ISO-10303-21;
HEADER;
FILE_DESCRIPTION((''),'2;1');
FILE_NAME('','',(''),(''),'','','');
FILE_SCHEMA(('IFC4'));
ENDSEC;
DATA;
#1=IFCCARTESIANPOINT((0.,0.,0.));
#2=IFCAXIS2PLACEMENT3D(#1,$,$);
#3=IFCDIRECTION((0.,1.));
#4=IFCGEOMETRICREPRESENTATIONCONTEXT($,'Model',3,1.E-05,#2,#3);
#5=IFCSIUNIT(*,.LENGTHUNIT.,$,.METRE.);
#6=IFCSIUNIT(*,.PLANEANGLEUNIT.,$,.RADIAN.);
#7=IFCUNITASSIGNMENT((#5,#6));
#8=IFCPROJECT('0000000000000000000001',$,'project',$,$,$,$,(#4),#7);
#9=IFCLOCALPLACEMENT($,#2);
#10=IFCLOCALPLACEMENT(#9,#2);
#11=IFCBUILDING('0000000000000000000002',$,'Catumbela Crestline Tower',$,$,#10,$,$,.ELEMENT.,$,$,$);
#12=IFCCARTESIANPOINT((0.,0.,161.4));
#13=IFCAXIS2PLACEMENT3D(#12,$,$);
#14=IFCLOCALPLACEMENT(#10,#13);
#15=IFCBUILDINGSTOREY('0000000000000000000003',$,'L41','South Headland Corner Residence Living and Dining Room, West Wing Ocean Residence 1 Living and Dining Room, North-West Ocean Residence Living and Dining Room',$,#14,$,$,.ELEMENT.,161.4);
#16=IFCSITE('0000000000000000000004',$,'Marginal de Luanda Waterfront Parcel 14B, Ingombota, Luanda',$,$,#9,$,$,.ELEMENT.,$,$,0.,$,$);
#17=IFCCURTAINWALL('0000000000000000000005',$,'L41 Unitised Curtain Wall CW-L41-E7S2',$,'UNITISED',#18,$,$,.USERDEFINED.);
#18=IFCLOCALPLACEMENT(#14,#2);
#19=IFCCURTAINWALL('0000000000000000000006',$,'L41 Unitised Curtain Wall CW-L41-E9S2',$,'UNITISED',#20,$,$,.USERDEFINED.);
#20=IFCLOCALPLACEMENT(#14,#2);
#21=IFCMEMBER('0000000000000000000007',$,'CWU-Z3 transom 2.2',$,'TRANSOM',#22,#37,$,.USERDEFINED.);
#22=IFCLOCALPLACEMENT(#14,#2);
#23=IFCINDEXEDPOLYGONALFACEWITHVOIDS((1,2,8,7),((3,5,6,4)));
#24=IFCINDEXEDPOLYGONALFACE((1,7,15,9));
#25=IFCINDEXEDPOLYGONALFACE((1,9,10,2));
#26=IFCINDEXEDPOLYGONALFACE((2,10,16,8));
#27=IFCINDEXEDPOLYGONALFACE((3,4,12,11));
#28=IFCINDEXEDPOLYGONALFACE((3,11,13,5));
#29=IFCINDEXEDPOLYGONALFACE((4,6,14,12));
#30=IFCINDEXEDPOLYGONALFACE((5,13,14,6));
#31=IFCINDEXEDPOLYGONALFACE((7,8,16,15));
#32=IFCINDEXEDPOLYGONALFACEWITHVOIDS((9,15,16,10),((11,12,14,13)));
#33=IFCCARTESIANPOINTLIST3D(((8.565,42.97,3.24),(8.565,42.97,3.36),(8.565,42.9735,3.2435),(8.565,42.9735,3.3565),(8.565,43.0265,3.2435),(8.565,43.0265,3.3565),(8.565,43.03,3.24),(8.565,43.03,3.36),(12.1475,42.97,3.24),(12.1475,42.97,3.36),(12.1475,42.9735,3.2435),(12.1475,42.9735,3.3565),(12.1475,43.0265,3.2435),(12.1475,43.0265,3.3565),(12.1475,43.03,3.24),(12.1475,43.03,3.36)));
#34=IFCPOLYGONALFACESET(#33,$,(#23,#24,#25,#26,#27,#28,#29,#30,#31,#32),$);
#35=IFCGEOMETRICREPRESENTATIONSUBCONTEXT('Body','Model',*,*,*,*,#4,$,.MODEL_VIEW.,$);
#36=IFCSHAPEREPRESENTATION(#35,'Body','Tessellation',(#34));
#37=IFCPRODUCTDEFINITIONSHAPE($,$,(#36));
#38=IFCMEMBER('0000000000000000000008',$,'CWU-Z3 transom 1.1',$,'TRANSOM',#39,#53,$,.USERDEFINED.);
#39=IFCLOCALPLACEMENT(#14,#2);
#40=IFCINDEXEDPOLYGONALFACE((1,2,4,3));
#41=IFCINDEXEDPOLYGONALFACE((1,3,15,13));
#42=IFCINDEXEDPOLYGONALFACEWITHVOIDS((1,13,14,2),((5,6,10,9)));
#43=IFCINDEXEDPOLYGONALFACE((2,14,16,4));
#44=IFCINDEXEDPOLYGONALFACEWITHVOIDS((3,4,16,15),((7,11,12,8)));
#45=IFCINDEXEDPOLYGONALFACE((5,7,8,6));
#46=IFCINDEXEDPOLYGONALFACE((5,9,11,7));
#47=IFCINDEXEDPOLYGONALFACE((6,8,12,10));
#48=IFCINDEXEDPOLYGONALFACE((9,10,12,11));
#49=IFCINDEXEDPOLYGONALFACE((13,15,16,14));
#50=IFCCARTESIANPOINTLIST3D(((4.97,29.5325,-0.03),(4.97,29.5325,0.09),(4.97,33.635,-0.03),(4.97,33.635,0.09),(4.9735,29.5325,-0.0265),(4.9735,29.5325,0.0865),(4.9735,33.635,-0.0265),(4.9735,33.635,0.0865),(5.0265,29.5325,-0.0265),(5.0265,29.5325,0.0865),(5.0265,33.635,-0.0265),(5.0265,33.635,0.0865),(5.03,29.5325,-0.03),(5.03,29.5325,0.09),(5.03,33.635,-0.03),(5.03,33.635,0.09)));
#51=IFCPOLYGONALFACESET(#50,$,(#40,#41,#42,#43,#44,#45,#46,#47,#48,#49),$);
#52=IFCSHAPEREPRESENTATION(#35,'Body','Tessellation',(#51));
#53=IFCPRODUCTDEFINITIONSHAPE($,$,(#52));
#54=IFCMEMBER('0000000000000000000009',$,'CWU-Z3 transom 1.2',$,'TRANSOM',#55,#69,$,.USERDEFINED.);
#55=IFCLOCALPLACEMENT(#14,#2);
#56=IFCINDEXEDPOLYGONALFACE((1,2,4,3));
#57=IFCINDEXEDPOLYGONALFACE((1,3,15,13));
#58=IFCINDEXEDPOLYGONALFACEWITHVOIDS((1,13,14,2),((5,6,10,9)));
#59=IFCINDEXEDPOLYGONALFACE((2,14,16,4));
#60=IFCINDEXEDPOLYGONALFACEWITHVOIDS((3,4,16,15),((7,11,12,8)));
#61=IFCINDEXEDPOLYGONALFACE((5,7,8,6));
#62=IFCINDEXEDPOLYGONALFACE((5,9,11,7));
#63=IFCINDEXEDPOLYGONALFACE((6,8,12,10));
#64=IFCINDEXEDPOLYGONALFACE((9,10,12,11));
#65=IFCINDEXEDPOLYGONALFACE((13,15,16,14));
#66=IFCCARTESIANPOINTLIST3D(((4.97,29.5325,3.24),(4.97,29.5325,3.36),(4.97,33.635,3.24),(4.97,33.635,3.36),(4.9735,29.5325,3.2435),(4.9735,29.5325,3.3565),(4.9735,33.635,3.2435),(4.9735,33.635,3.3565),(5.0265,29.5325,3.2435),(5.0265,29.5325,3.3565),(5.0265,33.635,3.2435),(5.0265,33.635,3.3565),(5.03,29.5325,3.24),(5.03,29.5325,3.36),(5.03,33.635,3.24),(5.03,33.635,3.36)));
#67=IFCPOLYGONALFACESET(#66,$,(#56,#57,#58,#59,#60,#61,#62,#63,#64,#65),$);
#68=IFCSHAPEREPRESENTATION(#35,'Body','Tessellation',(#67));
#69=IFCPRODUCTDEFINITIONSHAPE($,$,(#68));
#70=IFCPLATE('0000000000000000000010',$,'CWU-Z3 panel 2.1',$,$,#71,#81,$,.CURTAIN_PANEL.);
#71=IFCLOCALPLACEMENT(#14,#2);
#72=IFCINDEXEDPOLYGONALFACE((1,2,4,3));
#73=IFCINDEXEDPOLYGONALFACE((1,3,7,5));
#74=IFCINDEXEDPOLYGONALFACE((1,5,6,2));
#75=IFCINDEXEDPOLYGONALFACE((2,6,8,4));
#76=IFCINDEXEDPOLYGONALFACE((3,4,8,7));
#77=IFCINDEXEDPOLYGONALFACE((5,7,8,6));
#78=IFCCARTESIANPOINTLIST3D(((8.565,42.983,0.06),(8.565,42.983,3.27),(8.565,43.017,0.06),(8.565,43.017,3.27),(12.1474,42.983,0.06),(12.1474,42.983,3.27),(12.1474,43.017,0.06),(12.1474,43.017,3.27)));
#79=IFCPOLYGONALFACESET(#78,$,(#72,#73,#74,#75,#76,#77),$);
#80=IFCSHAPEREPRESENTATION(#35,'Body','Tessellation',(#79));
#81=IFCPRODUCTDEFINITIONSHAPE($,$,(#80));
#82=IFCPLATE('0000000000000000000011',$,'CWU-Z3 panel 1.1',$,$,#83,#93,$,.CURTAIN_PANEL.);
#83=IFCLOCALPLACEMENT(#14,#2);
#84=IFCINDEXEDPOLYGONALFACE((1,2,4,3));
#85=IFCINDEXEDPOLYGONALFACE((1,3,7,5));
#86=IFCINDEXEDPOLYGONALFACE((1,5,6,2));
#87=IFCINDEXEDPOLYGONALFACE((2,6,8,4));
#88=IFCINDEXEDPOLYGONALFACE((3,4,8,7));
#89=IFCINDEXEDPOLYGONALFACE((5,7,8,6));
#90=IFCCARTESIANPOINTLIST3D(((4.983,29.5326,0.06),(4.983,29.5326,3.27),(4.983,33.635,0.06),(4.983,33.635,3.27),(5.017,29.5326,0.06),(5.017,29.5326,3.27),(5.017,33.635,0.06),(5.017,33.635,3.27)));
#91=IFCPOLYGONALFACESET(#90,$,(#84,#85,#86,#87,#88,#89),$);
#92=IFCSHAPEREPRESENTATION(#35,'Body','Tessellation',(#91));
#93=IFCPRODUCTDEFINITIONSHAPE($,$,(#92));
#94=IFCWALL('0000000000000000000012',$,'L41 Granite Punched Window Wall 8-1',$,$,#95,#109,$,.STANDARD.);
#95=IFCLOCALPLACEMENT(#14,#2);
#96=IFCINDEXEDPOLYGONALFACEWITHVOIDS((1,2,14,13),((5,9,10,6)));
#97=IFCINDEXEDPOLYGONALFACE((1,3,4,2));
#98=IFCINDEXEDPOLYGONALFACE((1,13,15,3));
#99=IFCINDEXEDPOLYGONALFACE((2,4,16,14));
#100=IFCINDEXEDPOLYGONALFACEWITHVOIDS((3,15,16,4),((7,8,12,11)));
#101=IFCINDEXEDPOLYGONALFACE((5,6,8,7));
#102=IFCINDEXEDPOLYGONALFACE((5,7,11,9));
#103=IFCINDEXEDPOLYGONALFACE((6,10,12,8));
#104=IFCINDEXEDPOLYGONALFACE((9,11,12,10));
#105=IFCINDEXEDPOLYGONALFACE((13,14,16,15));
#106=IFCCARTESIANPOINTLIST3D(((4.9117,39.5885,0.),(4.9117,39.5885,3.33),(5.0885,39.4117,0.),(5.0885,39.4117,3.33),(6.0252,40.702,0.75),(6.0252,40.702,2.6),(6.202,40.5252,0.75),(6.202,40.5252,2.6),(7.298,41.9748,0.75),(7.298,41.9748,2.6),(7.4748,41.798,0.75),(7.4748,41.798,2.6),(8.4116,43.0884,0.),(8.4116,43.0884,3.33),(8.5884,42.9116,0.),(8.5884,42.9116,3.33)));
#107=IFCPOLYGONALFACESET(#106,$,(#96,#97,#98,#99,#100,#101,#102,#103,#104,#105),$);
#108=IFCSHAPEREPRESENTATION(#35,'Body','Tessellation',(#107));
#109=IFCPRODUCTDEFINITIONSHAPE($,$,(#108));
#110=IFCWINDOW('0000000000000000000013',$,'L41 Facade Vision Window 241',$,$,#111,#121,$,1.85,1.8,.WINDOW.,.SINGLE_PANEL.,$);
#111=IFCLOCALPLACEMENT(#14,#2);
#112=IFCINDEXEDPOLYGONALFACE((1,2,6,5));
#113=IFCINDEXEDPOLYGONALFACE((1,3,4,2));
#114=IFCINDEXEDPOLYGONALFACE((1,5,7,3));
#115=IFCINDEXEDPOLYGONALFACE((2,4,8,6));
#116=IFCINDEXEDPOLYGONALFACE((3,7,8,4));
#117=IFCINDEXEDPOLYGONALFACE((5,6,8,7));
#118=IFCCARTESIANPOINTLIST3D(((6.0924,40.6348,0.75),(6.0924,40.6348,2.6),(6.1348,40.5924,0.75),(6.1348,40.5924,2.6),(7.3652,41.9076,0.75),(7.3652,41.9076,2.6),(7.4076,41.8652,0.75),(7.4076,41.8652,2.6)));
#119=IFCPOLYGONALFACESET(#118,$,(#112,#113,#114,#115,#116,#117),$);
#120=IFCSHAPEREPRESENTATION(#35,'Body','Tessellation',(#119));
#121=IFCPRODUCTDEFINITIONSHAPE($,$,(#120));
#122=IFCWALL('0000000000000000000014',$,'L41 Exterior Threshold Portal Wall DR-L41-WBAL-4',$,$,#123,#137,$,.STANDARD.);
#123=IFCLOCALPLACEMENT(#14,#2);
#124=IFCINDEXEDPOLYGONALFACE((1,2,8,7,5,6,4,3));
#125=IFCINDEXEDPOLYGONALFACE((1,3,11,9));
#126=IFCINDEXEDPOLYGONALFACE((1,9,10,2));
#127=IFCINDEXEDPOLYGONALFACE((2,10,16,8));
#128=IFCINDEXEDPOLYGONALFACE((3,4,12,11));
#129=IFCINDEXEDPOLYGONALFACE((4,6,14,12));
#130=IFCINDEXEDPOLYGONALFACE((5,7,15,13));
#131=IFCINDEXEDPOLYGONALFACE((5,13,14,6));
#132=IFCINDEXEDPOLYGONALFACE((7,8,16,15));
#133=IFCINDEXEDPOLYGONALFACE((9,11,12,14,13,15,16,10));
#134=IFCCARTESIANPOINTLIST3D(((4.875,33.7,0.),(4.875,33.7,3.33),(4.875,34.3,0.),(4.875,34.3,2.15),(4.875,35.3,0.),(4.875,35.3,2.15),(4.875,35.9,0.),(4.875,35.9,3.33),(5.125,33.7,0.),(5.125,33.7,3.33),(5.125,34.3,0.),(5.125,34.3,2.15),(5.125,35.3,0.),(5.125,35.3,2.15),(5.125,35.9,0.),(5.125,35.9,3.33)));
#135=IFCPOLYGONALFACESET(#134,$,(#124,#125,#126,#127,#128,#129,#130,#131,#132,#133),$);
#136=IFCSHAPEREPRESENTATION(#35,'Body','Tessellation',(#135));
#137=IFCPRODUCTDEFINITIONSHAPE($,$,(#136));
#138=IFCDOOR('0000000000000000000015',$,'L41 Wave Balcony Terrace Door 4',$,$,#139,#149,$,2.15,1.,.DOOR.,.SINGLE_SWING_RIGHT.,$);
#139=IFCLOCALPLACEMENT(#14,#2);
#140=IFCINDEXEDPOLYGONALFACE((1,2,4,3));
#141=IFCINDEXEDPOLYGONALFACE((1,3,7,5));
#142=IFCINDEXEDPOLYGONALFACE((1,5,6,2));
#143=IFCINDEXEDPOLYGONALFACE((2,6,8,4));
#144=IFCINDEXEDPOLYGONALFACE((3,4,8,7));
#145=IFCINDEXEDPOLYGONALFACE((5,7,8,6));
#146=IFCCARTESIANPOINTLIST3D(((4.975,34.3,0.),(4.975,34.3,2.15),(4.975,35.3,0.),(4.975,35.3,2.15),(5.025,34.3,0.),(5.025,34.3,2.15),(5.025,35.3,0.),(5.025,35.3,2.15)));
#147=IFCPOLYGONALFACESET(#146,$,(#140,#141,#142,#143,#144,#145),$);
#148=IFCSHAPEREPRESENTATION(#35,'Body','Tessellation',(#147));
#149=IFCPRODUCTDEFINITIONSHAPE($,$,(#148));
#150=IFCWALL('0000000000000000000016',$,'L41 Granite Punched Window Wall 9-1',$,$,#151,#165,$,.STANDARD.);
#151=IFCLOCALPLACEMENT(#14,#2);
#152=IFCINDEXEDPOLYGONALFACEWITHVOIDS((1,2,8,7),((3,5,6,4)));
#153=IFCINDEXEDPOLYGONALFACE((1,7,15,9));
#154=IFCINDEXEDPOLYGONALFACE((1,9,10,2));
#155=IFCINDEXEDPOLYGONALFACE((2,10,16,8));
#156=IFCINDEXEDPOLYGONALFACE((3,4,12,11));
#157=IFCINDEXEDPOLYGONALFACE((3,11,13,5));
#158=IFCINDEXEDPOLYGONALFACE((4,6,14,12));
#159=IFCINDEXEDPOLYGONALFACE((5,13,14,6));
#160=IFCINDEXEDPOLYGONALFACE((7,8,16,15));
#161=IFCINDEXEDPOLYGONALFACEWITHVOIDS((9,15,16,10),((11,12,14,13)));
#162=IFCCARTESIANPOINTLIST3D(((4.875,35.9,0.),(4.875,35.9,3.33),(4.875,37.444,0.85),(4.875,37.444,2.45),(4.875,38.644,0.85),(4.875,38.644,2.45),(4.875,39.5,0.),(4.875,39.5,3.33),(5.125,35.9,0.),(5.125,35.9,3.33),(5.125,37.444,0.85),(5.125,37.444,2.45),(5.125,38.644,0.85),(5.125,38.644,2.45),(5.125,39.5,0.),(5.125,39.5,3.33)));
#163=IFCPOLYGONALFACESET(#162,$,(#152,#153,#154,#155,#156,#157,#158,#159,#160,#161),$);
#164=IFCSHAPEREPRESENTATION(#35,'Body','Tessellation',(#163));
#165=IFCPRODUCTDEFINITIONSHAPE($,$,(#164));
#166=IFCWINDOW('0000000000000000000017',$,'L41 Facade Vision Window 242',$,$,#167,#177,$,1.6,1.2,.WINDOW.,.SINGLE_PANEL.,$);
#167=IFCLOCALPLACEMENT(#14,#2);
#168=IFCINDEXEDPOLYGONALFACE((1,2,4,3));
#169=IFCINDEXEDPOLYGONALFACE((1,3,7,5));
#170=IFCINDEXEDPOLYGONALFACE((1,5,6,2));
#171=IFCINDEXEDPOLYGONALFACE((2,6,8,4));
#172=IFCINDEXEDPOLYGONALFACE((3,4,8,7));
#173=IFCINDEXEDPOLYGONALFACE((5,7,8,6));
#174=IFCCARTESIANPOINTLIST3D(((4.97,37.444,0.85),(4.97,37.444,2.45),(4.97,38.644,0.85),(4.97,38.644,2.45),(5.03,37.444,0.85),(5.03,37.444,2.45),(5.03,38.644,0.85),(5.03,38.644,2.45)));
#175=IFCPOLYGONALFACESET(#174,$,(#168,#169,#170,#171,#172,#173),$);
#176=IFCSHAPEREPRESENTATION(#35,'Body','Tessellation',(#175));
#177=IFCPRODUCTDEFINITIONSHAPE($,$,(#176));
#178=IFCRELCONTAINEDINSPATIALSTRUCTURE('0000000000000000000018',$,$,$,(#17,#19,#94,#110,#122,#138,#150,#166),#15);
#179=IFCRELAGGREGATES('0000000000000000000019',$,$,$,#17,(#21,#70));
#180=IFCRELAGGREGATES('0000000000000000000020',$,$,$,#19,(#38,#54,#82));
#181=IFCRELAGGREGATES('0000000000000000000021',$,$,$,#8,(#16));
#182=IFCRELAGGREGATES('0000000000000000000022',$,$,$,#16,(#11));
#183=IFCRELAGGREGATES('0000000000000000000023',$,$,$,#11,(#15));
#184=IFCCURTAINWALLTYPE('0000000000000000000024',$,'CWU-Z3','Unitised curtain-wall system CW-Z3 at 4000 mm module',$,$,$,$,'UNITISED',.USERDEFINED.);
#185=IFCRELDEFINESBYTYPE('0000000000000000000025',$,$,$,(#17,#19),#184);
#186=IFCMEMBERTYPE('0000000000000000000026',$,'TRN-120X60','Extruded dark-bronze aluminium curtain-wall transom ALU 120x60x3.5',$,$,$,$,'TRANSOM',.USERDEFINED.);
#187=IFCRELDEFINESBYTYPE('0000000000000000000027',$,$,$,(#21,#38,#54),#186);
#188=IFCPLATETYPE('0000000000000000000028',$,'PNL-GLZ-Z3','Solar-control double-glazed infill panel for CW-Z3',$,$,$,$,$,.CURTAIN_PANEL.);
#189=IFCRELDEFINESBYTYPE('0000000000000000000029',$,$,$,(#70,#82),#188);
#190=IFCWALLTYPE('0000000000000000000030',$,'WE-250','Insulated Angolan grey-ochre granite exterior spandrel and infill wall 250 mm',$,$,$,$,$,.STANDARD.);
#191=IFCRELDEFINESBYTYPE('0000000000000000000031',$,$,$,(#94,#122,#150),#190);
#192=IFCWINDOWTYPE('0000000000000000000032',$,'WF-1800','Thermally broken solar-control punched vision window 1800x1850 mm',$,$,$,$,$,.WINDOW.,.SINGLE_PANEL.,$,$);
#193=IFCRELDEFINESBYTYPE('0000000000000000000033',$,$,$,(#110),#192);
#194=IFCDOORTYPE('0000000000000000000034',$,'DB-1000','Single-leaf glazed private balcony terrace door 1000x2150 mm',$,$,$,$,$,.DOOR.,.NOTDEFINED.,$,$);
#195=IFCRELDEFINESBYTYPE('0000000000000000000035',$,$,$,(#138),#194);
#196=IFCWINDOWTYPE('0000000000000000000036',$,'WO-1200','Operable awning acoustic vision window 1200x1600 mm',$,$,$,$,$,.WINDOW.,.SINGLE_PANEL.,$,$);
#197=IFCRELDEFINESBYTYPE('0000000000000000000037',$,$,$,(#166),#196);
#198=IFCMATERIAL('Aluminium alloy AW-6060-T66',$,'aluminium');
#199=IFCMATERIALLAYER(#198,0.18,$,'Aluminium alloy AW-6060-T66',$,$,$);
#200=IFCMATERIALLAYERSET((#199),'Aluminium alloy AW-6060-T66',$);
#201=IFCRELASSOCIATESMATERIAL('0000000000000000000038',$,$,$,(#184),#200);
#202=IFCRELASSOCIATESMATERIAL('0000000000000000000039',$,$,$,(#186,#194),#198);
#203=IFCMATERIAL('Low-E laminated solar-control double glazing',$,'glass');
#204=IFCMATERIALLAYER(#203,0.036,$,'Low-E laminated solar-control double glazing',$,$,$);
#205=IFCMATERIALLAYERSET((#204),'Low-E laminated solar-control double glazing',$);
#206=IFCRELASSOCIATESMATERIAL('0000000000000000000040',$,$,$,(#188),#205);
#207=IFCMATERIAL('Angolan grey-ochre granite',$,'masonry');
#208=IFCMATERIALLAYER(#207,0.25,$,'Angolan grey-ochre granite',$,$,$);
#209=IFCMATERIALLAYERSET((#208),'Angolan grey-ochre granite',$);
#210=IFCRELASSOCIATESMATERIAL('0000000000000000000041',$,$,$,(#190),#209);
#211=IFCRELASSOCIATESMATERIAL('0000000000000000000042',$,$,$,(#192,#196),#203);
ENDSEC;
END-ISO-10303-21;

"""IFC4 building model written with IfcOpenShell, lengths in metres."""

from ifc_helpers import new_model, si_unit, direction, frame, frame_2d, origin, origin_2d, place, context, subcontext, project, spatial, rectangle, hollow_rectangle, extrude, material, layer, layer_set, material_profile, profile_set, type_object, element, fill, aggregate, save


model = new_model("IFC4")

# Units and contexts
model_context = context("Model", 3, precision=1e-05, world=origin(), true_north=direction((0.0, 1.0)))
body_context = subcontext(model_context, "Body", "Model", "MODEL_VIEW")
ifc_project = project(units=[si_unit("LENGTHUNIT", "METRE"), si_unit("PLANEANGLEUNIT", "RADIAN")], contexts=[model_context])

# Site, building, storey
site_placement = place(None, origin())
site = spatial("IfcSite", under=ifc_project, at=site_placement, Name="Marginal de Luanda Waterfront Parcel 14B, Ingombota, Luanda", CompositionType="ELEMENT", RefElevation=0.0)
building_placement = place(site_placement, origin())
building = spatial("IfcBuilding", under=site, at=building_placement, Name="Catumbela Crestline Tower", CompositionType="ELEMENT")
storey_placement = place(building_placement, frame((0.0, 0.0, 161.4)))
storey = spatial("IfcBuildingStorey", under=building, at=storey_placement, Name="L41", Description="South Headland Corner Residence Living and Dining Room, West Wing Ocean Residence 1 Living and Dining Room, North-West Ocean Residence Living and Dining Room", CompositionType="ELEMENT", Elevation=161.4)

# Curtain wall
ifc_material_1 = material(Name="Aluminium alloy AW-6060-T66", Category="aluminium")
ifc_layer_1 = layer(ifc_material_1, 0.18, Name="Aluminium alloy AW-6060-T66")
ifc_layer_set_1 = layer_set([ifc_layer_1], Name="Aluminium alloy AW-6060-T66")
curtain_wall_type = type_object("IfcCurtainWallType", Name="CWU-Z3", Description="Unitised curtain-wall system CW-Z3 at 4000 mm module", ElementType="UNITISED", PredefinedType="USERDEFINED", material=ifc_layer_set_1)
curtain_wall_1_placement = place(storey_placement, origin())
curtain_wall_1 = element("IfcCurtainWall", 1, at=curtain_wall_1_placement, inside=storey, type_object=curtain_wall_type, Name="L41 Unitised Curtain Wall CW-L41-E7S2", ObjectType="UNITISED", PredefinedType="USERDEFINED")

# Curtain wall
curtain_wall_2_placement = place(storey_placement, origin())
curtain_wall_2 = element("IfcCurtainWall", 2, at=curtain_wall_2_placement, inside=storey, type_object=curtain_wall_type, Name="L41 Unitised Curtain Wall CW-L41-E9S2", ObjectType="UNITISED", PredefinedType="USERDEFINED")

# Members
ifc_material_profile_1 = material_profile(ifc_material_1, hollow_rectangle(XDim=0.06, YDim=0.12, WallThickness=0.0035, at=origin_2d()), Name="ALU 120x60x3.5")
ifc_profile_set_1 = profile_set([ifc_material_profile_1], Name="Aluminium alloy AW-6060-T66")
member_type_1 = type_object("IfcMemberType", Name="TRN-120X60", Description="Extruded dark-bronze aluminium curtain-wall transom ALU 120x60x3.5", ElementType="TRANSOM", PredefinedType="USERDEFINED", material=ifc_profile_set_1)
member_1_placement = place(storey_placement, frame((12.1475, 43.0, 3.3), z_axis=(-1.0, 0.0, 0.0), x_axis=(0.0, -1.0, 0.0)))
member_1 = element("IfcMember", 3, at=member_1_placement, type_object=member_type_1, Name="CWU-Z3 transom 2.2", ObjectType="TRANSOM", PredefinedType="USERDEFINED", context=body_context, shape_type="SweptSolid", body=[
    extrude(hollow_rectangle(XDim=0.06, YDim=0.12, WallThickness=0.0035, at=origin_2d()), origin(), (0.0, 0.0, 1.0), 3.5825),
])
member_2_placement = place(storey_placement, frame((5.0, 33.635, 0.03), z_axis=(0.0, -1.0, 0.0), x_axis=(1.0, 0.0, 0.0)))
member_2 = element("IfcMember", 4, at=member_2_placement, type_object=member_type_1, Name="CWU-Z3 transom 1.1", ObjectType="TRANSOM", PredefinedType="USERDEFINED", context=body_context, shape_type="SweptSolid", body=[
    extrude(hollow_rectangle(XDim=0.06, YDim=0.12, WallThickness=0.0035, at=origin_2d()), origin(), (0.0, 0.0, 1.0), 4.1025),
])
member_3_placement = place(storey_placement, frame((5.0, 33.635, 3.3), z_axis=(0.0, -1.0, 0.0), x_axis=(1.0, 0.0, 0.0)))
member_3 = element("IfcMember", 5, at=member_3_placement, type_object=member_type_1, Name="CWU-Z3 transom 1.2", ObjectType="TRANSOM", PredefinedType="USERDEFINED", context=body_context, shape_type="SweptSolid", body=[
    extrude(hollow_rectangle(XDim=0.06, YDim=0.12, WallThickness=0.0035, at=origin_2d()), origin(), (0.0, 0.0, 1.0), 4.1025),
])

# Plates
ifc_material_2 = material(Name="Low-E laminated solar-control double glazing", Category="glass")
ifc_layer_2 = layer(ifc_material_2, 0.036, Name="Low-E laminated solar-control double glazing")
ifc_layer_set_2 = layer_set([ifc_layer_2], Name="Low-E laminated solar-control double glazing")
plate_type = type_object("IfcPlateType", Name="PNL-GLZ-Z3", Description="Solar-control double-glazed infill panel for CW-Z3", PredefinedType="CURTAIN_PANEL", material=ifc_layer_set_2)
plate_1_placement = place(storey_placement, frame((10.3562, 43.0, 0.06), z_axis=(0.0, 0.0, 1.0), x_axis=(-1.0, 0.0, 0.0)))
plate_1 = element("IfcPlate", 6, at=plate_1_placement, type_object=plate_type, Name="CWU-Z3 panel 2.1", PredefinedType="CURTAIN_PANEL", context=body_context, shape_type="SweptSolid", body=[
    extrude(rectangle(XDim=3.5825, YDim=0.034, at=origin_2d()), origin(), (0.0, 0.0, 1.0), 3.21),
])
aggregate(curtain_wall_1, [member_1, plate_1])
plate_2_placement = place(storey_placement, frame((5.0, 31.5838, 0.06), z_axis=(0.0, 0.0, 1.0), x_axis=(0.0, -1.0, 0.0)))
plate_2 = element("IfcPlate", 7, at=plate_2_placement, type_object=plate_type, Name="CWU-Z3 panel 1.1", PredefinedType="CURTAIN_PANEL", context=body_context, shape_type="SweptSolid", body=[
    extrude(rectangle(XDim=4.1025, YDim=0.034, at=origin_2d()), origin(), (0.0, 0.0, 1.0), 3.21),
])
aggregate(curtain_wall_2, [member_2, member_3, plate_2])

# Wall, opening, window
ifc_material_3 = material(Name="Angolan grey-ochre granite", Category="masonry")
ifc_layer_3 = layer(ifc_material_3, 0.25, Name="Angolan grey-ochre granite")
ifc_layer_set_3 = layer_set([ifc_layer_3], Name="Angolan grey-ochre granite")
wall_type_1 = type_object("IfcWallType", Name="WE-250", Description="Insulated Angolan grey-ochre granite exterior spandrel and infill wall 250 mm", PredefinedType="STANDARD", material=ifc_layer_set_3)
wall_1_placement = place(storey_placement, frame((8.5, 43.0, 0.0), z_axis=(0.0, 0.0, 1.0), x_axis=(-0.707107, -0.707107, 0.0)))
wall_1 = element("IfcWall", 8, at=wall_1_placement, inside=storey, type_object=wall_type_1, Name="L41 Granite Punched Window Wall 8-1", PredefinedType="STANDARD", context=body_context, shape_type="SweptSolid", body=[
    extrude(rectangle(XDim=4.9497, YDim=0.25, at=frame_2d((2.4748, 0.0))), origin(), (0.0, 0.0, 1.0), 3.33),
])
opening_1_placement = place(wall_1_placement, frame((1.5749, 0.0, 0.75)))
opening_1 = element("IfcOpeningElement", 9, at=opening_1_placement, cuts=wall_1, PredefinedType="OPENING", context=body_context, shape_type="SweptSolid", body=[
    extrude(rectangle(XDim=1.8, YDim=1.85, at=frame_2d((0.9, 0.925))), frame((0.0, 0.135, 0.0), z_axis=(0.0, -1.0, 0.0), x_axis=(1.0, 0.0, 0.0)), (0.0, 0.0, 1.0), 0.27),
])
window_type_1 = type_object("IfcWindowType", Name="WF-1800", Description="Thermally broken solar-control punched vision window 1800x1850 mm", PartitioningType="SINGLE_PANEL", PredefinedType="WINDOW", material=ifc_material_2)
window_1_placement = place(opening_1_placement, origin())
window_1 = element("IfcWindow", 10, at=window_1_placement, inside=storey, type_object=window_type_1, Name="L41 Facade Vision Window 241", OverallHeight=1.85, OverallWidth=1.8, PartitioningType="SINGLE_PANEL", PredefinedType="WINDOW", context=body_context, shape_type="SweptSolid", body=[
    extrude(rectangle(XDim=1.8, YDim=1.85, at=frame_2d((0.9, 0.925))), frame((0.0, 0.03, 0.0), z_axis=(0.0, -1.0, 0.0), x_axis=(1.0, 0.0, 0.0)), (0.0, 0.0, 1.0), 0.06),
])
fill(opening_1, window_1)

# Wall, opening, door
wall_2_placement = place(storey_placement, frame((5.0, 35.9, 0.0), z_axis=(0.0, 0.0, 1.0), x_axis=(0.0, -1.0, 0.0)))
wall_2 = element("IfcWall", 11, at=wall_2_placement, inside=storey, type_object=wall_type_1, Name="L41 Exterior Threshold Portal Wall DR-L41-WBAL-4", PredefinedType="STANDARD", context=body_context, shape_type="SweptSolid", body=[
    extrude(rectangle(XDim=2.2, YDim=0.25, at=frame_2d((1.1, 0.0))), origin(), (0.0, 0.0, 1.0), 3.33),
])
opening_2_placement = place(wall_2_placement, frame((0.6, 0.0, 0.0)))
opening_2 = element("IfcOpeningElement", 12, at=opening_2_placement, cuts=wall_2, PredefinedType="OPENING", context=body_context, shape_type="SweptSolid", body=[
    extrude(rectangle(XDim=1.0, YDim=2.15, at=frame_2d((0.5, 1.075))), frame((0.0, 0.135, 0.0), z_axis=(0.0, -1.0, 0.0), x_axis=(1.0, 0.0, 0.0)), (0.0, 0.0, 1.0), 0.27),
])
door_type_1 = type_object("IfcDoorType", Name="DB-1000", Description="Single-leaf glazed private balcony terrace door 1000x2150 mm", OperationType="NOTDEFINED", PredefinedType="DOOR", material=ifc_material_1)
door_1_placement = place(opening_2_placement, origin())
door_1 = element("IfcDoor", 13, at=door_1_placement, inside=storey, type_object=door_type_1, Name="L41 Wave Balcony Terrace Door 4", OperationType="SINGLE_SWING_RIGHT", OverallHeight=2.15, OverallWidth=1.0, PredefinedType="DOOR", context=body_context, shape_type="SweptSolid", body=[
    extrude(rectangle(XDim=1.0, YDim=2.15, at=frame_2d((0.5, 1.075))), frame((0.0, 0.025, 0.0), z_axis=(0.0, -1.0, 0.0), x_axis=(1.0, 0.0, 0.0)), (0.0, 0.0, 1.0), 0.05),
])
fill(opening_2, door_1)

# Wall, opening, window
wall_3_placement = place(storey_placement, frame((5.0, 39.5, 0.0), z_axis=(0.0, 0.0, 1.0), x_axis=(0.0, -1.0, 0.0)))
wall_3 = element("IfcWall", 14, at=wall_3_placement, inside=storey, type_object=wall_type_1, Name="L41 Granite Punched Window Wall 9-1", PredefinedType="STANDARD", context=body_context, shape_type="SweptSolid", body=[
    extrude(rectangle(XDim=3.6, YDim=0.25, at=frame_2d((1.8, 0.0))), origin(), (0.0, 0.0, 1.0), 3.33),
])
opening_3_placement = place(wall_3_placement, frame((0.856, 0.0, 0.85)))
opening_3 = element("IfcOpeningElement", 15, at=opening_3_placement, cuts=wall_3, PredefinedType="OPENING", context=body_context, shape_type="SweptSolid", body=[
    extrude(rectangle(XDim=1.2, YDim=1.6, at=frame_2d((0.6, 0.8))), frame((0.0, 0.135, 0.0), z_axis=(0.0, -1.0, 0.0), x_axis=(1.0, 0.0, 0.0)), (0.0, 0.0, 1.0), 0.27),
])
window_type_2 = type_object("IfcWindowType", Name="WO-1200", Description="Operable awning acoustic vision window 1200x1600 mm", PartitioningType="SINGLE_PANEL", PredefinedType="WINDOW", material=ifc_material_2)
window_2_placement = place(opening_3_placement, origin())
window_2 = element("IfcWindow", 16, at=window_2_placement, inside=storey, type_object=window_type_2, Name="L41 Facade Vision Window 242", OverallHeight=1.6, OverallWidth=1.2, PartitioningType="SINGLE_PANEL", PredefinedType="WINDOW", context=body_context, shape_type="SweptSolid", body=[
    extrude(rectangle(XDim=1.2, YDim=1.6, at=frame_2d((0.6, 0.8))), frame((0.0, 0.03, 0.0), z_axis=(0.0, -1.0, 0.0), x_axis=(1.0, 0.0, 0.0)), (0.0, 0.0, 1.0), 0.06),
])
fill(opening_3, window_2)

save(model, "model.ifc")
